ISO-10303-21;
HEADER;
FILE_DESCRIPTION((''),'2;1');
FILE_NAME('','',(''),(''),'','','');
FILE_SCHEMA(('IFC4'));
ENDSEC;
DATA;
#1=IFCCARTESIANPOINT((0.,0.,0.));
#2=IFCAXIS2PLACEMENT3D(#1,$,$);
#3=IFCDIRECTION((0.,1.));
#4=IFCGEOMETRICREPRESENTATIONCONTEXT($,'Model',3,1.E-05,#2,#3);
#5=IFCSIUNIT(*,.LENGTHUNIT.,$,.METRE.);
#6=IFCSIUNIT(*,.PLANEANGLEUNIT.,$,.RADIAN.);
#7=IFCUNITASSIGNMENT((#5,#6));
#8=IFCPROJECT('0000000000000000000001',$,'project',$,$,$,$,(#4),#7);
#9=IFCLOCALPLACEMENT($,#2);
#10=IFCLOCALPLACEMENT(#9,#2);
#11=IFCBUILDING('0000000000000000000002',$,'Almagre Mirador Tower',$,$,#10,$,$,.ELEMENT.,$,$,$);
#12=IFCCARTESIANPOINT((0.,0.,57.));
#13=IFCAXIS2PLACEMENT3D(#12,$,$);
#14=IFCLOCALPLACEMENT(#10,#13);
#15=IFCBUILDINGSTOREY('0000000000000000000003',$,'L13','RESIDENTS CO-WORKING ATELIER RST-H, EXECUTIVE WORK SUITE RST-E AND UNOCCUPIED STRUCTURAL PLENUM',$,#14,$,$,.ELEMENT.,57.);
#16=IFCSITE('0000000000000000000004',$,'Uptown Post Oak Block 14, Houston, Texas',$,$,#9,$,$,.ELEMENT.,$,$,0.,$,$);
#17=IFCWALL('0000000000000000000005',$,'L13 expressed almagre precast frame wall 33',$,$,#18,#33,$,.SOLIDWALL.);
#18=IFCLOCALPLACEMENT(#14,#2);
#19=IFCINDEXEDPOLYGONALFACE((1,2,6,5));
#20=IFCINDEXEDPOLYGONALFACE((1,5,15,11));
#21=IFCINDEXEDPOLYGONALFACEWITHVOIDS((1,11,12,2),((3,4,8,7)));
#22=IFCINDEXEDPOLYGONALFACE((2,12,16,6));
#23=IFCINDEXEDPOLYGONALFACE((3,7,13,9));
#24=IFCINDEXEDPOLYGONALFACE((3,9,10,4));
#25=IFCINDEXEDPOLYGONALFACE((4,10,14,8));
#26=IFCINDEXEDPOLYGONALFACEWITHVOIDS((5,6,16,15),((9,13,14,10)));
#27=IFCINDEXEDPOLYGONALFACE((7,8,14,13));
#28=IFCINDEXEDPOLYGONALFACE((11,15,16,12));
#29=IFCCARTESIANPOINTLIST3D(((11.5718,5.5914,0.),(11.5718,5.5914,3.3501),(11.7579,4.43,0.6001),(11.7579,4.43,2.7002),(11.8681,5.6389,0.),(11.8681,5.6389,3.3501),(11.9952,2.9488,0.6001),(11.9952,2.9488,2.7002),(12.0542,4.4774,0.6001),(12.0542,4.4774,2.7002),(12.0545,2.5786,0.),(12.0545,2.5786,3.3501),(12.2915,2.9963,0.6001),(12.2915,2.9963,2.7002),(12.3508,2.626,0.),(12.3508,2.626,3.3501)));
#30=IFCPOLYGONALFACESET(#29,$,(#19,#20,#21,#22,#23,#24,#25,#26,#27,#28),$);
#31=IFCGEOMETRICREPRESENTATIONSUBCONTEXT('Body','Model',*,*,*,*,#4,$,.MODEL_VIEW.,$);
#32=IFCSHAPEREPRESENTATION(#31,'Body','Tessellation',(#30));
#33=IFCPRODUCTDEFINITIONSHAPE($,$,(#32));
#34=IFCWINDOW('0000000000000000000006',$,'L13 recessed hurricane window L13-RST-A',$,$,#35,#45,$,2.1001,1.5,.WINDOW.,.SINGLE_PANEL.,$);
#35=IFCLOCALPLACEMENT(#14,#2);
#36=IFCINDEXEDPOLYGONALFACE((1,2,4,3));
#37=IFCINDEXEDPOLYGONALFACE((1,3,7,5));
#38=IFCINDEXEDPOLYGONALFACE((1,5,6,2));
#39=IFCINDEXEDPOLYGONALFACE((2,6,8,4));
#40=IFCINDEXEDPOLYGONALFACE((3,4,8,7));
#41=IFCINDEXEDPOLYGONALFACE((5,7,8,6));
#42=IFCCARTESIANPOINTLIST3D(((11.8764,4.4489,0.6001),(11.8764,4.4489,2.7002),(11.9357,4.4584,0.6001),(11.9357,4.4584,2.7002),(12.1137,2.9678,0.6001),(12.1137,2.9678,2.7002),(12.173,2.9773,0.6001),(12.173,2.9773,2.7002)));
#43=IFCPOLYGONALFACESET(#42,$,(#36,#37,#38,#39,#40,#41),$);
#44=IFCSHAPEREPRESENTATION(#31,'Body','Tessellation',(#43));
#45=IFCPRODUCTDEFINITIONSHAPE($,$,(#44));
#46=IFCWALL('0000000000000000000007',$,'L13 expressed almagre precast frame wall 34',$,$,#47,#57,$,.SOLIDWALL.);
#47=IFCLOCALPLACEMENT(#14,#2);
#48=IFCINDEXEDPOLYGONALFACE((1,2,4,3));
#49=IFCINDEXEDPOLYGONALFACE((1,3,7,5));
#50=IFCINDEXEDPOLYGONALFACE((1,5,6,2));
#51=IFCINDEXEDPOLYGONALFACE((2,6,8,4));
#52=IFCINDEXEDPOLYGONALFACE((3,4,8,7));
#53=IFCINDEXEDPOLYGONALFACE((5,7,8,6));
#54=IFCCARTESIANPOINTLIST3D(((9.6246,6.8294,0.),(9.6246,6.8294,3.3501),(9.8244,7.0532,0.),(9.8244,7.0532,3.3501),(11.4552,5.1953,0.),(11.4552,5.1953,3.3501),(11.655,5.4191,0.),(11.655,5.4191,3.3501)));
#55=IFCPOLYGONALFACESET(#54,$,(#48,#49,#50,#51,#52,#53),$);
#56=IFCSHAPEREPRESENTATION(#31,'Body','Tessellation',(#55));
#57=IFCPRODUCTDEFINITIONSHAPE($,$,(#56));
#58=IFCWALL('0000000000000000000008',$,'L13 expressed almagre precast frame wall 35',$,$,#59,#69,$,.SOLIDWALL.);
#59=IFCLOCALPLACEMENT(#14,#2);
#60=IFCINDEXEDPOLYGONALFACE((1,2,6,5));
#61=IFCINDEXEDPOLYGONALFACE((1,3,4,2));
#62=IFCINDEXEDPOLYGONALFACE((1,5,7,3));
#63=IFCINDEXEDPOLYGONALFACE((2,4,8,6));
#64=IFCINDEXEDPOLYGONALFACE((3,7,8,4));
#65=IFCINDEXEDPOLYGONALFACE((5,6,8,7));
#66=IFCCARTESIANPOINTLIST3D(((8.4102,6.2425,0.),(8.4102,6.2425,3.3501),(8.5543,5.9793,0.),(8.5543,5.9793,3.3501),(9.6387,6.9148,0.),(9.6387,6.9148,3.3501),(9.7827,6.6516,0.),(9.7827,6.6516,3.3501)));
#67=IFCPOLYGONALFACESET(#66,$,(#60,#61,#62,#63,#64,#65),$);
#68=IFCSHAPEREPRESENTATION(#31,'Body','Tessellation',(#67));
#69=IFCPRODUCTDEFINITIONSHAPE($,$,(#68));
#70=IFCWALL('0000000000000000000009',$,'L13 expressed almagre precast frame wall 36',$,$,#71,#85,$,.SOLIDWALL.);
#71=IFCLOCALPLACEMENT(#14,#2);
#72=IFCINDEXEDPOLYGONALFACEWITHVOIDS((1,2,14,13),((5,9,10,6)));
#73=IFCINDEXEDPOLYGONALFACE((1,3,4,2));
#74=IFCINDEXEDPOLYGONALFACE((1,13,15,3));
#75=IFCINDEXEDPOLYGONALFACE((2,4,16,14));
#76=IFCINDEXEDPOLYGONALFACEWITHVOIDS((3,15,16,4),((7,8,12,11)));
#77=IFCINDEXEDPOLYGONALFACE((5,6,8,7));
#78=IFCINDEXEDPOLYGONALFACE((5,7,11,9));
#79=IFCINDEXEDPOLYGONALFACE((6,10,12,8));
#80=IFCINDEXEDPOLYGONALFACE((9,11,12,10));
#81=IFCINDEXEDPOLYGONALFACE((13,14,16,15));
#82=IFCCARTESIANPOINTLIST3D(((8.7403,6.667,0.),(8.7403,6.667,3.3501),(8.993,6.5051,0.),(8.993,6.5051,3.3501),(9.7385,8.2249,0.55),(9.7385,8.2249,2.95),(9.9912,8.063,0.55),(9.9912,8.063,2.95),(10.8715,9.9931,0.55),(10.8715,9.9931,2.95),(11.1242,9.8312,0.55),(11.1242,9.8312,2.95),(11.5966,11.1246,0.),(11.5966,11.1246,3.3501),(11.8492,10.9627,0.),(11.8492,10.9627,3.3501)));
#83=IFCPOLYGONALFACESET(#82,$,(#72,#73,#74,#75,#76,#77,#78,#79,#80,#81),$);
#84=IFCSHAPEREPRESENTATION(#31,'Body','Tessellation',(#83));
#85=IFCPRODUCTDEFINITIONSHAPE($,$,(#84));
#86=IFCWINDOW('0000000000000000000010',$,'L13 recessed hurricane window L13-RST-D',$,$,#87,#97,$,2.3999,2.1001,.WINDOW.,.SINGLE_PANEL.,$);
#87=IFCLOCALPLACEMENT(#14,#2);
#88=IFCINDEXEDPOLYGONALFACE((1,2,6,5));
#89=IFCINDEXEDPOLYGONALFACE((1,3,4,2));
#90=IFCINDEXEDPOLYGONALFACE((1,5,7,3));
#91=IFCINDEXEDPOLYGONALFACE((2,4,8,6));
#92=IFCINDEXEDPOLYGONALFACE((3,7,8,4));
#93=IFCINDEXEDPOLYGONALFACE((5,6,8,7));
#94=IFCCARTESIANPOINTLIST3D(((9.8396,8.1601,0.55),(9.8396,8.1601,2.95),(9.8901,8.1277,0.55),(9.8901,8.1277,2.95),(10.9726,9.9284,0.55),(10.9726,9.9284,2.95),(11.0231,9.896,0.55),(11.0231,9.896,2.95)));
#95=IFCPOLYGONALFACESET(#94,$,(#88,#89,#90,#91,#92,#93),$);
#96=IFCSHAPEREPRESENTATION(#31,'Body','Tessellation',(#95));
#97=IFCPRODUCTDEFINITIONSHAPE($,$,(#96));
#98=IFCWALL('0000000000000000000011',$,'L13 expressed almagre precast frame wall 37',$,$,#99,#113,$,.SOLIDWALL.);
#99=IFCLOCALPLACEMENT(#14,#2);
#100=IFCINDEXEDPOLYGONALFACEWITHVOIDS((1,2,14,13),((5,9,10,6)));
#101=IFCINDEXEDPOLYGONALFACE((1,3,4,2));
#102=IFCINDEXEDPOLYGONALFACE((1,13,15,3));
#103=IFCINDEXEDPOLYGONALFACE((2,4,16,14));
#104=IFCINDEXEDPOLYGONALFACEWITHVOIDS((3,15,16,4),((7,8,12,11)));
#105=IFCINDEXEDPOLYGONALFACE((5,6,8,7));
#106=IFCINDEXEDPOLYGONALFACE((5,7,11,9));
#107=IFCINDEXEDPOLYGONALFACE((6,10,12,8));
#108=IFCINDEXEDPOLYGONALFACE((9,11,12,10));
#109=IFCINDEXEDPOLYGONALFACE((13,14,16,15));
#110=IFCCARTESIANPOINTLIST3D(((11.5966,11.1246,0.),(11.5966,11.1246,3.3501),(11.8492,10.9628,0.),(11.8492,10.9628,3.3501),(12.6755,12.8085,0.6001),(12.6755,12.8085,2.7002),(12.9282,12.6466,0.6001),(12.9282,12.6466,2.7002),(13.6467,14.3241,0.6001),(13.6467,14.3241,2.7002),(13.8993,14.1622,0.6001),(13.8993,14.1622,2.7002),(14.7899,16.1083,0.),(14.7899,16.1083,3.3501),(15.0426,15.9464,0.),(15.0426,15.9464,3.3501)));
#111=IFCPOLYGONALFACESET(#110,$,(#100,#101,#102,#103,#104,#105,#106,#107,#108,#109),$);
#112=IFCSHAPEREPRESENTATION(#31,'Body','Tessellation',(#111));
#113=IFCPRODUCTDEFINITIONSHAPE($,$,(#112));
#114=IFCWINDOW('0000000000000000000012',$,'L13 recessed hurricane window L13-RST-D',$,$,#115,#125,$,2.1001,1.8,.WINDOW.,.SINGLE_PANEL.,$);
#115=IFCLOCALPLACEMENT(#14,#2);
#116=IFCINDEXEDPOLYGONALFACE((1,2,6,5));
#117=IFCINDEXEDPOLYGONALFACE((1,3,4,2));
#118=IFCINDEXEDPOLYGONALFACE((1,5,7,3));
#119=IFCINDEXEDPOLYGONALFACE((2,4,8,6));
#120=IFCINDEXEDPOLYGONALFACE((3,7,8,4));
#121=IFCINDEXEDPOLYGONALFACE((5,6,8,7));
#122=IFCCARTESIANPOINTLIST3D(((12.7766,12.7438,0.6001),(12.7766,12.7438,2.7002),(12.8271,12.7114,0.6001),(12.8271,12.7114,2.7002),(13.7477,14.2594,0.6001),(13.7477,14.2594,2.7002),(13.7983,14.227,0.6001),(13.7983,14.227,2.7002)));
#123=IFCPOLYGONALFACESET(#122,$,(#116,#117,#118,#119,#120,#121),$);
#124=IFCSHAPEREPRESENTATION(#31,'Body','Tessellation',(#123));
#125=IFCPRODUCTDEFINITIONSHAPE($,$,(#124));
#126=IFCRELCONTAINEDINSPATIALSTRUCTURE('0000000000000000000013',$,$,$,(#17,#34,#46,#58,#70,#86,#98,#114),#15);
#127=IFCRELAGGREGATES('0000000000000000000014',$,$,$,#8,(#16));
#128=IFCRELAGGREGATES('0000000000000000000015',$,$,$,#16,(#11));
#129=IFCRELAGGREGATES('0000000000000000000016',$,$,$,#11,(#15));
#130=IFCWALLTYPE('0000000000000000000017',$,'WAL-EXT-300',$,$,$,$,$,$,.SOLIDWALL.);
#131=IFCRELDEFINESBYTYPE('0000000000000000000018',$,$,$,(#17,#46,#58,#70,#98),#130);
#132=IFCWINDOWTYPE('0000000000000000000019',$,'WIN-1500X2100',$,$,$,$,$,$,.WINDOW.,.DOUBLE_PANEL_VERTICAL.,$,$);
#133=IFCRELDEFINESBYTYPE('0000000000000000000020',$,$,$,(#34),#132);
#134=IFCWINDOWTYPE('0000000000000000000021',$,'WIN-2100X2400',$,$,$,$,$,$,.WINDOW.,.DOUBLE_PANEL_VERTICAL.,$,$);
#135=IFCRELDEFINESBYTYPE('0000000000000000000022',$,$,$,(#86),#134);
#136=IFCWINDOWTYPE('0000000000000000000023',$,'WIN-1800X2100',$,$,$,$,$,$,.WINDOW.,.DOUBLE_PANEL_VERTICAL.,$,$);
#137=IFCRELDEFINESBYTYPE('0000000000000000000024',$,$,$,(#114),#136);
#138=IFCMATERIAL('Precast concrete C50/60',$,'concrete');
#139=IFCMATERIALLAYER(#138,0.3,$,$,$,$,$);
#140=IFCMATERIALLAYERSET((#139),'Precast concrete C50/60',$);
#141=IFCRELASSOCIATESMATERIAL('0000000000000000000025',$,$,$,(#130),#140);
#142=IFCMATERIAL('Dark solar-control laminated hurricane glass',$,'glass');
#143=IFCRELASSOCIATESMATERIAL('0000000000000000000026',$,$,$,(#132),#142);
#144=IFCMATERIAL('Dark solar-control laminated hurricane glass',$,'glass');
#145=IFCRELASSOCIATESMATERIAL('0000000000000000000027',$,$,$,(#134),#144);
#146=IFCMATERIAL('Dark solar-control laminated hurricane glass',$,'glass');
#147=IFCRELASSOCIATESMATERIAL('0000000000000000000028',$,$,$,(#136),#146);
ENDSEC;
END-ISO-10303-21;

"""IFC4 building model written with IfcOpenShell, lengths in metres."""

from ifc_helpers import new_model, si_unit, direction, frame, frame_2d, origin, place, context, subcontext, project, spatial, rectangle, extrude, material, layer, layer_set, type_object, element, fill, save


model = new_model("IFC4")

# Units and contexts
model_context = context("Model", 3, precision=1e-05, world=origin(), true_north=direction((0.0, 1.0)))
body_context = subcontext(model_context, "Body", "Model", "MODEL_VIEW")
ifc_project = project(units=[si_unit("LENGTHUNIT", "METRE"), si_unit("PLANEANGLEUNIT", "RADIAN")], contexts=[model_context])

# Site, building, storey
site_placement = place(None, origin())
site = spatial("IfcSite", under=ifc_project, at=site_placement, Name="Uptown Post Oak Block 14, Houston, Texas", CompositionType="ELEMENT", RefElevation=0.0)
building_placement = place(site_placement, origin())
building = spatial("IfcBuilding", under=site, at=building_placement, Name="Almagre Mirador Tower", CompositionType="ELEMENT")
storey_placement = place(building_placement, frame((0.0, 0.0, 57.0)))
storey = spatial("IfcBuildingStorey", under=building, at=storey_placement, Name="L13", Description="RESIDENTS CO-WORKING ATELIER RST-H, EXECUTIVE WORK SUITE RST-E AND UNOCCUPIED STRUCTURAL PLENUM", CompositionType="ELEMENT", Elevation=57.0)

# Shared definitions
ifc_material_1 = material(Name="Precast concrete C50/60", Category="concrete")
ifc_layer_1 = layer(ifc_material_1, 0.3)
ifc_layer_set_1 = layer_set([ifc_layer_1], Name="Precast concrete C50/60")
wall_type = type_object("IfcWallType", Name="WAL-EXT-300", PredefinedType="SOLIDWALL", material=ifc_layer_set_1)

# Wall, opening, window
wall_1_placement = place(storey_placement, frame((12.2026, 2.6023, 0.0), z_axis=(0.0, 0.0, 1.0), x_axis=(-0.158181, 0.98741, 0.0)))
wall_1 = element("IfcWall", 1, at=wall_1_placement, inside=storey, type_object=wall_type, Name="L13 expressed almagre precast frame wall 33", PredefinedType="SOLIDWALL", context=body_context, shape_type="SweptSolid", body=[
    extrude(rectangle(XDim=3.0513, YDim=0.3, at=frame_2d((1.5256, 0.0))), origin(), (0.0, 0.0, 1.0), 3.3501),
])
opening_1_placement = place(wall_1_placement, frame((0.375, 0.0, 0.6001)))
opening_1 = element("IfcOpeningElement", 2, at=opening_1_placement, cuts=wall_1, PredefinedType="OPENING", context=body_context, shape_type="SweptSolid", body=[
    extrude(rectangle(XDim=1.5, YDim=2.1001, at=frame_2d((0.75, 1.05))), frame((0.0, 0.1599, 0.0), z_axis=(0.0, -1.0, 0.0), x_axis=(1.0, 0.0, 0.0)), (0.0, 0.0, 1.0), 0.32),
])
ifc_material_2 = material(Name="Dark solar-control laminated hurricane glass", Category="glass")
window_type_1 = type_object("IfcWindowType", Name="WIN-1500X2100", PartitioningType="DOUBLE_PANEL_VERTICAL", PredefinedType="WINDOW", material=ifc_material_2)
window_1_placement = place(opening_1_placement, origin())
window_1 = element("IfcWindow", 3, at=window_1_placement, inside=storey, type_object=window_type_1, Name="L13 recessed hurricane window L13-RST-A", OverallHeight=2.1001, OverallWidth=1.5, PartitioningType="SINGLE_PANEL", PredefinedType="WINDOW", context=body_context, shape_type="SweptSolid", body=[
    extrude(rectangle(XDim=1.5, YDim=2.1001, at=frame_2d((0.75, 1.05))), frame((0.0, 0.03, 0.0), z_axis=(0.0, -1.0, 0.0), x_axis=(1.0, 0.0, 0.0)), (0.0, 0.0, 1.0), 0.0601),
])
fill(opening_1, window_1)

# Walls
wall_2_placement = place(storey_placement, frame((11.5552, 5.3071, 0.0), z_axis=(0.0, 0.0, 1.0), x_axis=(-0.746019, 0.665925, 0.0)))
element("IfcWall", 4, at=wall_2_placement, inside=storey, type_object=wall_type, Name="L13 expressed almagre precast frame wall 34", PredefinedType="SOLIDWALL", context=body_context, shape_type="SweptSolid", body=[
    extrude(rectangle(XDim=2.4539, YDim=0.3, at=frame_2d((1.2271, 0.0))), origin(), (0.0, 0.0, 1.0), 3.3501),
])
wall_3_placement = place(storey_placement, frame((9.7107, 6.7832, 0.0), z_axis=(0.0, 0.0, 1.0), x_axis=(-0.877215, -0.480097, 0.0)))
element("IfcWall", 5, at=wall_3_placement, inside=storey, type_object=wall_type, Name="L13 expressed almagre precast frame wall 35", PredefinedType="SOLIDWALL", context=body_context, shape_type="SweptSolid", body=[
    extrude(rectangle(XDim=1.4004, YDim=0.3, at=frame_2d((0.7002, 0.0))), origin(), (0.0, 0.0, 1.0), 3.3501),
])

# Walls, openings, windows
wall_4_placement = place(storey_placement, frame((8.8667, 6.5862, 0.0), z_axis=(0.0, 0.0, 1.0), x_axis=(0.539508, 0.841981, 0.0)))
wall_4 = element("IfcWall", 6, at=wall_4_placement, inside=storey, type_object=wall_type, Name="L13 expressed almagre precast frame wall 36", PredefinedType="SOLIDWALL", context=body_context, shape_type="SweptSolid", body=[
    extrude(rectangle(XDim=5.2942, YDim=0.3, at=frame_2d((2.647, 0.0))), origin(), (0.0, 0.0, 1.0), 3.3501),
])
opening_2_placement = place(wall_4_placement, frame((1.8501, 0.0, 0.55)))
opening_2 = element("IfcOpeningElement", 7, at=opening_2_placement, cuts=wall_4, PredefinedType="OPENING", context=body_context, shape_type="SweptSolid", body=[
    extrude(rectangle(XDim=2.1001, YDim=2.3999, at=frame_2d((1.05, 1.2))), frame((0.0, 0.1599, 0.0), z_axis=(0.0, -1.0, 0.0), x_axis=(1.0, 0.0, 0.0)), (0.0, 0.0, 1.0), 0.32),
])
ifc_material_3 = material(Name="Dark solar-control laminated hurricane glass", Category="glass")
window_type_2 = type_object("IfcWindowType", Name="WIN-2100X2400", PartitioningType="DOUBLE_PANEL_VERTICAL", PredefinedType="WINDOW", material=ifc_material_3)
window_2_placement = place(opening_2_placement, origin())
window_2 = element("IfcWindow", 8, at=window_2_placement, inside=storey, type_object=window_type_2, Name="L13 recessed hurricane window L13-RST-D", OverallHeight=2.3999, OverallWidth=2.1001, PartitioningType="SINGLE_PANEL", PredefinedType="WINDOW", context=body_context, shape_type="SweptSolid", body=[
    extrude(rectangle(XDim=2.1001, YDim=2.3999, at=frame_2d((1.05, 1.2))), frame((0.0, 0.03, 0.0), z_axis=(0.0, -1.0, 0.0), x_axis=(1.0, 0.0, 0.0)), (0.0, 0.0, 1.0), 0.0601),
])
fill(opening_2, window_2)
wall_5_placement = place(storey_placement, frame((11.7229, 11.0437, 0.0), z_axis=(0.0, 0.0, 1.0), x_axis=(0.539512, 0.841978, 0.0)))
wall_5 = element("IfcWall", 9, at=wall_5_placement, inside=storey, type_object=wall_type, Name="L13 expressed almagre precast frame wall 37", PredefinedType="SOLIDWALL", context=body_context, shape_type="SweptSolid", body=[
    extrude(rectangle(XDim=5.9189, YDim=0.3, at=frame_2d((2.9595, 0.0))), origin(), (0.0, 0.0, 1.0), 3.3501),
])
opening_3_placement = place(wall_5_placement, frame((2.0, 0.0, 0.6001)))
opening_3 = element("IfcOpeningElement", 10, at=opening_3_placement, cuts=wall_5, PredefinedType="OPENING", context=body_context, shape_type="SweptSolid", body=[
    extrude(rectangle(XDim=1.8, YDim=2.1001, at=frame_2d((0.8999, 1.05))), frame((0.0, 0.1599, 0.0), z_axis=(0.0, -1.0, 0.0), x_axis=(1.0, 0.0, 0.0)), (0.0, 0.0, 1.0), 0.32),
])
ifc_material_4 = material(Name="Dark solar-control laminated hurricane glass", Category="glass")
window_type_3 = type_object("IfcWindowType", Name="WIN-1800X2100", PartitioningType="DOUBLE_PANEL_VERTICAL", PredefinedType="WINDOW", material=ifc_material_4)
window_3_placement = place(opening_3_placement, origin())
window_3 = element("IfcWindow", 11, at=window_3_placement, inside=storey, type_object=window_type_3, Name="L13 recessed hurricane window L13-RST-D", OverallHeight=2.1001, OverallWidth=1.8, PartitioningType="SINGLE_PANEL", PredefinedType="WINDOW", context=body_context, shape_type="SweptSolid", body=[
    extrude(rectangle(XDim=1.8, YDim=2.1001, at=frame_2d((0.8999, 1.05))), frame((0.0, 0.03, 0.0), z_axis=(0.0, -1.0, 0.0), x_axis=(1.0, 0.0, 0.0)), (0.0, 0.0, 1.0), 0.0601),
])
fill(opening_3, window_3)

save(model, "model.ifc")
